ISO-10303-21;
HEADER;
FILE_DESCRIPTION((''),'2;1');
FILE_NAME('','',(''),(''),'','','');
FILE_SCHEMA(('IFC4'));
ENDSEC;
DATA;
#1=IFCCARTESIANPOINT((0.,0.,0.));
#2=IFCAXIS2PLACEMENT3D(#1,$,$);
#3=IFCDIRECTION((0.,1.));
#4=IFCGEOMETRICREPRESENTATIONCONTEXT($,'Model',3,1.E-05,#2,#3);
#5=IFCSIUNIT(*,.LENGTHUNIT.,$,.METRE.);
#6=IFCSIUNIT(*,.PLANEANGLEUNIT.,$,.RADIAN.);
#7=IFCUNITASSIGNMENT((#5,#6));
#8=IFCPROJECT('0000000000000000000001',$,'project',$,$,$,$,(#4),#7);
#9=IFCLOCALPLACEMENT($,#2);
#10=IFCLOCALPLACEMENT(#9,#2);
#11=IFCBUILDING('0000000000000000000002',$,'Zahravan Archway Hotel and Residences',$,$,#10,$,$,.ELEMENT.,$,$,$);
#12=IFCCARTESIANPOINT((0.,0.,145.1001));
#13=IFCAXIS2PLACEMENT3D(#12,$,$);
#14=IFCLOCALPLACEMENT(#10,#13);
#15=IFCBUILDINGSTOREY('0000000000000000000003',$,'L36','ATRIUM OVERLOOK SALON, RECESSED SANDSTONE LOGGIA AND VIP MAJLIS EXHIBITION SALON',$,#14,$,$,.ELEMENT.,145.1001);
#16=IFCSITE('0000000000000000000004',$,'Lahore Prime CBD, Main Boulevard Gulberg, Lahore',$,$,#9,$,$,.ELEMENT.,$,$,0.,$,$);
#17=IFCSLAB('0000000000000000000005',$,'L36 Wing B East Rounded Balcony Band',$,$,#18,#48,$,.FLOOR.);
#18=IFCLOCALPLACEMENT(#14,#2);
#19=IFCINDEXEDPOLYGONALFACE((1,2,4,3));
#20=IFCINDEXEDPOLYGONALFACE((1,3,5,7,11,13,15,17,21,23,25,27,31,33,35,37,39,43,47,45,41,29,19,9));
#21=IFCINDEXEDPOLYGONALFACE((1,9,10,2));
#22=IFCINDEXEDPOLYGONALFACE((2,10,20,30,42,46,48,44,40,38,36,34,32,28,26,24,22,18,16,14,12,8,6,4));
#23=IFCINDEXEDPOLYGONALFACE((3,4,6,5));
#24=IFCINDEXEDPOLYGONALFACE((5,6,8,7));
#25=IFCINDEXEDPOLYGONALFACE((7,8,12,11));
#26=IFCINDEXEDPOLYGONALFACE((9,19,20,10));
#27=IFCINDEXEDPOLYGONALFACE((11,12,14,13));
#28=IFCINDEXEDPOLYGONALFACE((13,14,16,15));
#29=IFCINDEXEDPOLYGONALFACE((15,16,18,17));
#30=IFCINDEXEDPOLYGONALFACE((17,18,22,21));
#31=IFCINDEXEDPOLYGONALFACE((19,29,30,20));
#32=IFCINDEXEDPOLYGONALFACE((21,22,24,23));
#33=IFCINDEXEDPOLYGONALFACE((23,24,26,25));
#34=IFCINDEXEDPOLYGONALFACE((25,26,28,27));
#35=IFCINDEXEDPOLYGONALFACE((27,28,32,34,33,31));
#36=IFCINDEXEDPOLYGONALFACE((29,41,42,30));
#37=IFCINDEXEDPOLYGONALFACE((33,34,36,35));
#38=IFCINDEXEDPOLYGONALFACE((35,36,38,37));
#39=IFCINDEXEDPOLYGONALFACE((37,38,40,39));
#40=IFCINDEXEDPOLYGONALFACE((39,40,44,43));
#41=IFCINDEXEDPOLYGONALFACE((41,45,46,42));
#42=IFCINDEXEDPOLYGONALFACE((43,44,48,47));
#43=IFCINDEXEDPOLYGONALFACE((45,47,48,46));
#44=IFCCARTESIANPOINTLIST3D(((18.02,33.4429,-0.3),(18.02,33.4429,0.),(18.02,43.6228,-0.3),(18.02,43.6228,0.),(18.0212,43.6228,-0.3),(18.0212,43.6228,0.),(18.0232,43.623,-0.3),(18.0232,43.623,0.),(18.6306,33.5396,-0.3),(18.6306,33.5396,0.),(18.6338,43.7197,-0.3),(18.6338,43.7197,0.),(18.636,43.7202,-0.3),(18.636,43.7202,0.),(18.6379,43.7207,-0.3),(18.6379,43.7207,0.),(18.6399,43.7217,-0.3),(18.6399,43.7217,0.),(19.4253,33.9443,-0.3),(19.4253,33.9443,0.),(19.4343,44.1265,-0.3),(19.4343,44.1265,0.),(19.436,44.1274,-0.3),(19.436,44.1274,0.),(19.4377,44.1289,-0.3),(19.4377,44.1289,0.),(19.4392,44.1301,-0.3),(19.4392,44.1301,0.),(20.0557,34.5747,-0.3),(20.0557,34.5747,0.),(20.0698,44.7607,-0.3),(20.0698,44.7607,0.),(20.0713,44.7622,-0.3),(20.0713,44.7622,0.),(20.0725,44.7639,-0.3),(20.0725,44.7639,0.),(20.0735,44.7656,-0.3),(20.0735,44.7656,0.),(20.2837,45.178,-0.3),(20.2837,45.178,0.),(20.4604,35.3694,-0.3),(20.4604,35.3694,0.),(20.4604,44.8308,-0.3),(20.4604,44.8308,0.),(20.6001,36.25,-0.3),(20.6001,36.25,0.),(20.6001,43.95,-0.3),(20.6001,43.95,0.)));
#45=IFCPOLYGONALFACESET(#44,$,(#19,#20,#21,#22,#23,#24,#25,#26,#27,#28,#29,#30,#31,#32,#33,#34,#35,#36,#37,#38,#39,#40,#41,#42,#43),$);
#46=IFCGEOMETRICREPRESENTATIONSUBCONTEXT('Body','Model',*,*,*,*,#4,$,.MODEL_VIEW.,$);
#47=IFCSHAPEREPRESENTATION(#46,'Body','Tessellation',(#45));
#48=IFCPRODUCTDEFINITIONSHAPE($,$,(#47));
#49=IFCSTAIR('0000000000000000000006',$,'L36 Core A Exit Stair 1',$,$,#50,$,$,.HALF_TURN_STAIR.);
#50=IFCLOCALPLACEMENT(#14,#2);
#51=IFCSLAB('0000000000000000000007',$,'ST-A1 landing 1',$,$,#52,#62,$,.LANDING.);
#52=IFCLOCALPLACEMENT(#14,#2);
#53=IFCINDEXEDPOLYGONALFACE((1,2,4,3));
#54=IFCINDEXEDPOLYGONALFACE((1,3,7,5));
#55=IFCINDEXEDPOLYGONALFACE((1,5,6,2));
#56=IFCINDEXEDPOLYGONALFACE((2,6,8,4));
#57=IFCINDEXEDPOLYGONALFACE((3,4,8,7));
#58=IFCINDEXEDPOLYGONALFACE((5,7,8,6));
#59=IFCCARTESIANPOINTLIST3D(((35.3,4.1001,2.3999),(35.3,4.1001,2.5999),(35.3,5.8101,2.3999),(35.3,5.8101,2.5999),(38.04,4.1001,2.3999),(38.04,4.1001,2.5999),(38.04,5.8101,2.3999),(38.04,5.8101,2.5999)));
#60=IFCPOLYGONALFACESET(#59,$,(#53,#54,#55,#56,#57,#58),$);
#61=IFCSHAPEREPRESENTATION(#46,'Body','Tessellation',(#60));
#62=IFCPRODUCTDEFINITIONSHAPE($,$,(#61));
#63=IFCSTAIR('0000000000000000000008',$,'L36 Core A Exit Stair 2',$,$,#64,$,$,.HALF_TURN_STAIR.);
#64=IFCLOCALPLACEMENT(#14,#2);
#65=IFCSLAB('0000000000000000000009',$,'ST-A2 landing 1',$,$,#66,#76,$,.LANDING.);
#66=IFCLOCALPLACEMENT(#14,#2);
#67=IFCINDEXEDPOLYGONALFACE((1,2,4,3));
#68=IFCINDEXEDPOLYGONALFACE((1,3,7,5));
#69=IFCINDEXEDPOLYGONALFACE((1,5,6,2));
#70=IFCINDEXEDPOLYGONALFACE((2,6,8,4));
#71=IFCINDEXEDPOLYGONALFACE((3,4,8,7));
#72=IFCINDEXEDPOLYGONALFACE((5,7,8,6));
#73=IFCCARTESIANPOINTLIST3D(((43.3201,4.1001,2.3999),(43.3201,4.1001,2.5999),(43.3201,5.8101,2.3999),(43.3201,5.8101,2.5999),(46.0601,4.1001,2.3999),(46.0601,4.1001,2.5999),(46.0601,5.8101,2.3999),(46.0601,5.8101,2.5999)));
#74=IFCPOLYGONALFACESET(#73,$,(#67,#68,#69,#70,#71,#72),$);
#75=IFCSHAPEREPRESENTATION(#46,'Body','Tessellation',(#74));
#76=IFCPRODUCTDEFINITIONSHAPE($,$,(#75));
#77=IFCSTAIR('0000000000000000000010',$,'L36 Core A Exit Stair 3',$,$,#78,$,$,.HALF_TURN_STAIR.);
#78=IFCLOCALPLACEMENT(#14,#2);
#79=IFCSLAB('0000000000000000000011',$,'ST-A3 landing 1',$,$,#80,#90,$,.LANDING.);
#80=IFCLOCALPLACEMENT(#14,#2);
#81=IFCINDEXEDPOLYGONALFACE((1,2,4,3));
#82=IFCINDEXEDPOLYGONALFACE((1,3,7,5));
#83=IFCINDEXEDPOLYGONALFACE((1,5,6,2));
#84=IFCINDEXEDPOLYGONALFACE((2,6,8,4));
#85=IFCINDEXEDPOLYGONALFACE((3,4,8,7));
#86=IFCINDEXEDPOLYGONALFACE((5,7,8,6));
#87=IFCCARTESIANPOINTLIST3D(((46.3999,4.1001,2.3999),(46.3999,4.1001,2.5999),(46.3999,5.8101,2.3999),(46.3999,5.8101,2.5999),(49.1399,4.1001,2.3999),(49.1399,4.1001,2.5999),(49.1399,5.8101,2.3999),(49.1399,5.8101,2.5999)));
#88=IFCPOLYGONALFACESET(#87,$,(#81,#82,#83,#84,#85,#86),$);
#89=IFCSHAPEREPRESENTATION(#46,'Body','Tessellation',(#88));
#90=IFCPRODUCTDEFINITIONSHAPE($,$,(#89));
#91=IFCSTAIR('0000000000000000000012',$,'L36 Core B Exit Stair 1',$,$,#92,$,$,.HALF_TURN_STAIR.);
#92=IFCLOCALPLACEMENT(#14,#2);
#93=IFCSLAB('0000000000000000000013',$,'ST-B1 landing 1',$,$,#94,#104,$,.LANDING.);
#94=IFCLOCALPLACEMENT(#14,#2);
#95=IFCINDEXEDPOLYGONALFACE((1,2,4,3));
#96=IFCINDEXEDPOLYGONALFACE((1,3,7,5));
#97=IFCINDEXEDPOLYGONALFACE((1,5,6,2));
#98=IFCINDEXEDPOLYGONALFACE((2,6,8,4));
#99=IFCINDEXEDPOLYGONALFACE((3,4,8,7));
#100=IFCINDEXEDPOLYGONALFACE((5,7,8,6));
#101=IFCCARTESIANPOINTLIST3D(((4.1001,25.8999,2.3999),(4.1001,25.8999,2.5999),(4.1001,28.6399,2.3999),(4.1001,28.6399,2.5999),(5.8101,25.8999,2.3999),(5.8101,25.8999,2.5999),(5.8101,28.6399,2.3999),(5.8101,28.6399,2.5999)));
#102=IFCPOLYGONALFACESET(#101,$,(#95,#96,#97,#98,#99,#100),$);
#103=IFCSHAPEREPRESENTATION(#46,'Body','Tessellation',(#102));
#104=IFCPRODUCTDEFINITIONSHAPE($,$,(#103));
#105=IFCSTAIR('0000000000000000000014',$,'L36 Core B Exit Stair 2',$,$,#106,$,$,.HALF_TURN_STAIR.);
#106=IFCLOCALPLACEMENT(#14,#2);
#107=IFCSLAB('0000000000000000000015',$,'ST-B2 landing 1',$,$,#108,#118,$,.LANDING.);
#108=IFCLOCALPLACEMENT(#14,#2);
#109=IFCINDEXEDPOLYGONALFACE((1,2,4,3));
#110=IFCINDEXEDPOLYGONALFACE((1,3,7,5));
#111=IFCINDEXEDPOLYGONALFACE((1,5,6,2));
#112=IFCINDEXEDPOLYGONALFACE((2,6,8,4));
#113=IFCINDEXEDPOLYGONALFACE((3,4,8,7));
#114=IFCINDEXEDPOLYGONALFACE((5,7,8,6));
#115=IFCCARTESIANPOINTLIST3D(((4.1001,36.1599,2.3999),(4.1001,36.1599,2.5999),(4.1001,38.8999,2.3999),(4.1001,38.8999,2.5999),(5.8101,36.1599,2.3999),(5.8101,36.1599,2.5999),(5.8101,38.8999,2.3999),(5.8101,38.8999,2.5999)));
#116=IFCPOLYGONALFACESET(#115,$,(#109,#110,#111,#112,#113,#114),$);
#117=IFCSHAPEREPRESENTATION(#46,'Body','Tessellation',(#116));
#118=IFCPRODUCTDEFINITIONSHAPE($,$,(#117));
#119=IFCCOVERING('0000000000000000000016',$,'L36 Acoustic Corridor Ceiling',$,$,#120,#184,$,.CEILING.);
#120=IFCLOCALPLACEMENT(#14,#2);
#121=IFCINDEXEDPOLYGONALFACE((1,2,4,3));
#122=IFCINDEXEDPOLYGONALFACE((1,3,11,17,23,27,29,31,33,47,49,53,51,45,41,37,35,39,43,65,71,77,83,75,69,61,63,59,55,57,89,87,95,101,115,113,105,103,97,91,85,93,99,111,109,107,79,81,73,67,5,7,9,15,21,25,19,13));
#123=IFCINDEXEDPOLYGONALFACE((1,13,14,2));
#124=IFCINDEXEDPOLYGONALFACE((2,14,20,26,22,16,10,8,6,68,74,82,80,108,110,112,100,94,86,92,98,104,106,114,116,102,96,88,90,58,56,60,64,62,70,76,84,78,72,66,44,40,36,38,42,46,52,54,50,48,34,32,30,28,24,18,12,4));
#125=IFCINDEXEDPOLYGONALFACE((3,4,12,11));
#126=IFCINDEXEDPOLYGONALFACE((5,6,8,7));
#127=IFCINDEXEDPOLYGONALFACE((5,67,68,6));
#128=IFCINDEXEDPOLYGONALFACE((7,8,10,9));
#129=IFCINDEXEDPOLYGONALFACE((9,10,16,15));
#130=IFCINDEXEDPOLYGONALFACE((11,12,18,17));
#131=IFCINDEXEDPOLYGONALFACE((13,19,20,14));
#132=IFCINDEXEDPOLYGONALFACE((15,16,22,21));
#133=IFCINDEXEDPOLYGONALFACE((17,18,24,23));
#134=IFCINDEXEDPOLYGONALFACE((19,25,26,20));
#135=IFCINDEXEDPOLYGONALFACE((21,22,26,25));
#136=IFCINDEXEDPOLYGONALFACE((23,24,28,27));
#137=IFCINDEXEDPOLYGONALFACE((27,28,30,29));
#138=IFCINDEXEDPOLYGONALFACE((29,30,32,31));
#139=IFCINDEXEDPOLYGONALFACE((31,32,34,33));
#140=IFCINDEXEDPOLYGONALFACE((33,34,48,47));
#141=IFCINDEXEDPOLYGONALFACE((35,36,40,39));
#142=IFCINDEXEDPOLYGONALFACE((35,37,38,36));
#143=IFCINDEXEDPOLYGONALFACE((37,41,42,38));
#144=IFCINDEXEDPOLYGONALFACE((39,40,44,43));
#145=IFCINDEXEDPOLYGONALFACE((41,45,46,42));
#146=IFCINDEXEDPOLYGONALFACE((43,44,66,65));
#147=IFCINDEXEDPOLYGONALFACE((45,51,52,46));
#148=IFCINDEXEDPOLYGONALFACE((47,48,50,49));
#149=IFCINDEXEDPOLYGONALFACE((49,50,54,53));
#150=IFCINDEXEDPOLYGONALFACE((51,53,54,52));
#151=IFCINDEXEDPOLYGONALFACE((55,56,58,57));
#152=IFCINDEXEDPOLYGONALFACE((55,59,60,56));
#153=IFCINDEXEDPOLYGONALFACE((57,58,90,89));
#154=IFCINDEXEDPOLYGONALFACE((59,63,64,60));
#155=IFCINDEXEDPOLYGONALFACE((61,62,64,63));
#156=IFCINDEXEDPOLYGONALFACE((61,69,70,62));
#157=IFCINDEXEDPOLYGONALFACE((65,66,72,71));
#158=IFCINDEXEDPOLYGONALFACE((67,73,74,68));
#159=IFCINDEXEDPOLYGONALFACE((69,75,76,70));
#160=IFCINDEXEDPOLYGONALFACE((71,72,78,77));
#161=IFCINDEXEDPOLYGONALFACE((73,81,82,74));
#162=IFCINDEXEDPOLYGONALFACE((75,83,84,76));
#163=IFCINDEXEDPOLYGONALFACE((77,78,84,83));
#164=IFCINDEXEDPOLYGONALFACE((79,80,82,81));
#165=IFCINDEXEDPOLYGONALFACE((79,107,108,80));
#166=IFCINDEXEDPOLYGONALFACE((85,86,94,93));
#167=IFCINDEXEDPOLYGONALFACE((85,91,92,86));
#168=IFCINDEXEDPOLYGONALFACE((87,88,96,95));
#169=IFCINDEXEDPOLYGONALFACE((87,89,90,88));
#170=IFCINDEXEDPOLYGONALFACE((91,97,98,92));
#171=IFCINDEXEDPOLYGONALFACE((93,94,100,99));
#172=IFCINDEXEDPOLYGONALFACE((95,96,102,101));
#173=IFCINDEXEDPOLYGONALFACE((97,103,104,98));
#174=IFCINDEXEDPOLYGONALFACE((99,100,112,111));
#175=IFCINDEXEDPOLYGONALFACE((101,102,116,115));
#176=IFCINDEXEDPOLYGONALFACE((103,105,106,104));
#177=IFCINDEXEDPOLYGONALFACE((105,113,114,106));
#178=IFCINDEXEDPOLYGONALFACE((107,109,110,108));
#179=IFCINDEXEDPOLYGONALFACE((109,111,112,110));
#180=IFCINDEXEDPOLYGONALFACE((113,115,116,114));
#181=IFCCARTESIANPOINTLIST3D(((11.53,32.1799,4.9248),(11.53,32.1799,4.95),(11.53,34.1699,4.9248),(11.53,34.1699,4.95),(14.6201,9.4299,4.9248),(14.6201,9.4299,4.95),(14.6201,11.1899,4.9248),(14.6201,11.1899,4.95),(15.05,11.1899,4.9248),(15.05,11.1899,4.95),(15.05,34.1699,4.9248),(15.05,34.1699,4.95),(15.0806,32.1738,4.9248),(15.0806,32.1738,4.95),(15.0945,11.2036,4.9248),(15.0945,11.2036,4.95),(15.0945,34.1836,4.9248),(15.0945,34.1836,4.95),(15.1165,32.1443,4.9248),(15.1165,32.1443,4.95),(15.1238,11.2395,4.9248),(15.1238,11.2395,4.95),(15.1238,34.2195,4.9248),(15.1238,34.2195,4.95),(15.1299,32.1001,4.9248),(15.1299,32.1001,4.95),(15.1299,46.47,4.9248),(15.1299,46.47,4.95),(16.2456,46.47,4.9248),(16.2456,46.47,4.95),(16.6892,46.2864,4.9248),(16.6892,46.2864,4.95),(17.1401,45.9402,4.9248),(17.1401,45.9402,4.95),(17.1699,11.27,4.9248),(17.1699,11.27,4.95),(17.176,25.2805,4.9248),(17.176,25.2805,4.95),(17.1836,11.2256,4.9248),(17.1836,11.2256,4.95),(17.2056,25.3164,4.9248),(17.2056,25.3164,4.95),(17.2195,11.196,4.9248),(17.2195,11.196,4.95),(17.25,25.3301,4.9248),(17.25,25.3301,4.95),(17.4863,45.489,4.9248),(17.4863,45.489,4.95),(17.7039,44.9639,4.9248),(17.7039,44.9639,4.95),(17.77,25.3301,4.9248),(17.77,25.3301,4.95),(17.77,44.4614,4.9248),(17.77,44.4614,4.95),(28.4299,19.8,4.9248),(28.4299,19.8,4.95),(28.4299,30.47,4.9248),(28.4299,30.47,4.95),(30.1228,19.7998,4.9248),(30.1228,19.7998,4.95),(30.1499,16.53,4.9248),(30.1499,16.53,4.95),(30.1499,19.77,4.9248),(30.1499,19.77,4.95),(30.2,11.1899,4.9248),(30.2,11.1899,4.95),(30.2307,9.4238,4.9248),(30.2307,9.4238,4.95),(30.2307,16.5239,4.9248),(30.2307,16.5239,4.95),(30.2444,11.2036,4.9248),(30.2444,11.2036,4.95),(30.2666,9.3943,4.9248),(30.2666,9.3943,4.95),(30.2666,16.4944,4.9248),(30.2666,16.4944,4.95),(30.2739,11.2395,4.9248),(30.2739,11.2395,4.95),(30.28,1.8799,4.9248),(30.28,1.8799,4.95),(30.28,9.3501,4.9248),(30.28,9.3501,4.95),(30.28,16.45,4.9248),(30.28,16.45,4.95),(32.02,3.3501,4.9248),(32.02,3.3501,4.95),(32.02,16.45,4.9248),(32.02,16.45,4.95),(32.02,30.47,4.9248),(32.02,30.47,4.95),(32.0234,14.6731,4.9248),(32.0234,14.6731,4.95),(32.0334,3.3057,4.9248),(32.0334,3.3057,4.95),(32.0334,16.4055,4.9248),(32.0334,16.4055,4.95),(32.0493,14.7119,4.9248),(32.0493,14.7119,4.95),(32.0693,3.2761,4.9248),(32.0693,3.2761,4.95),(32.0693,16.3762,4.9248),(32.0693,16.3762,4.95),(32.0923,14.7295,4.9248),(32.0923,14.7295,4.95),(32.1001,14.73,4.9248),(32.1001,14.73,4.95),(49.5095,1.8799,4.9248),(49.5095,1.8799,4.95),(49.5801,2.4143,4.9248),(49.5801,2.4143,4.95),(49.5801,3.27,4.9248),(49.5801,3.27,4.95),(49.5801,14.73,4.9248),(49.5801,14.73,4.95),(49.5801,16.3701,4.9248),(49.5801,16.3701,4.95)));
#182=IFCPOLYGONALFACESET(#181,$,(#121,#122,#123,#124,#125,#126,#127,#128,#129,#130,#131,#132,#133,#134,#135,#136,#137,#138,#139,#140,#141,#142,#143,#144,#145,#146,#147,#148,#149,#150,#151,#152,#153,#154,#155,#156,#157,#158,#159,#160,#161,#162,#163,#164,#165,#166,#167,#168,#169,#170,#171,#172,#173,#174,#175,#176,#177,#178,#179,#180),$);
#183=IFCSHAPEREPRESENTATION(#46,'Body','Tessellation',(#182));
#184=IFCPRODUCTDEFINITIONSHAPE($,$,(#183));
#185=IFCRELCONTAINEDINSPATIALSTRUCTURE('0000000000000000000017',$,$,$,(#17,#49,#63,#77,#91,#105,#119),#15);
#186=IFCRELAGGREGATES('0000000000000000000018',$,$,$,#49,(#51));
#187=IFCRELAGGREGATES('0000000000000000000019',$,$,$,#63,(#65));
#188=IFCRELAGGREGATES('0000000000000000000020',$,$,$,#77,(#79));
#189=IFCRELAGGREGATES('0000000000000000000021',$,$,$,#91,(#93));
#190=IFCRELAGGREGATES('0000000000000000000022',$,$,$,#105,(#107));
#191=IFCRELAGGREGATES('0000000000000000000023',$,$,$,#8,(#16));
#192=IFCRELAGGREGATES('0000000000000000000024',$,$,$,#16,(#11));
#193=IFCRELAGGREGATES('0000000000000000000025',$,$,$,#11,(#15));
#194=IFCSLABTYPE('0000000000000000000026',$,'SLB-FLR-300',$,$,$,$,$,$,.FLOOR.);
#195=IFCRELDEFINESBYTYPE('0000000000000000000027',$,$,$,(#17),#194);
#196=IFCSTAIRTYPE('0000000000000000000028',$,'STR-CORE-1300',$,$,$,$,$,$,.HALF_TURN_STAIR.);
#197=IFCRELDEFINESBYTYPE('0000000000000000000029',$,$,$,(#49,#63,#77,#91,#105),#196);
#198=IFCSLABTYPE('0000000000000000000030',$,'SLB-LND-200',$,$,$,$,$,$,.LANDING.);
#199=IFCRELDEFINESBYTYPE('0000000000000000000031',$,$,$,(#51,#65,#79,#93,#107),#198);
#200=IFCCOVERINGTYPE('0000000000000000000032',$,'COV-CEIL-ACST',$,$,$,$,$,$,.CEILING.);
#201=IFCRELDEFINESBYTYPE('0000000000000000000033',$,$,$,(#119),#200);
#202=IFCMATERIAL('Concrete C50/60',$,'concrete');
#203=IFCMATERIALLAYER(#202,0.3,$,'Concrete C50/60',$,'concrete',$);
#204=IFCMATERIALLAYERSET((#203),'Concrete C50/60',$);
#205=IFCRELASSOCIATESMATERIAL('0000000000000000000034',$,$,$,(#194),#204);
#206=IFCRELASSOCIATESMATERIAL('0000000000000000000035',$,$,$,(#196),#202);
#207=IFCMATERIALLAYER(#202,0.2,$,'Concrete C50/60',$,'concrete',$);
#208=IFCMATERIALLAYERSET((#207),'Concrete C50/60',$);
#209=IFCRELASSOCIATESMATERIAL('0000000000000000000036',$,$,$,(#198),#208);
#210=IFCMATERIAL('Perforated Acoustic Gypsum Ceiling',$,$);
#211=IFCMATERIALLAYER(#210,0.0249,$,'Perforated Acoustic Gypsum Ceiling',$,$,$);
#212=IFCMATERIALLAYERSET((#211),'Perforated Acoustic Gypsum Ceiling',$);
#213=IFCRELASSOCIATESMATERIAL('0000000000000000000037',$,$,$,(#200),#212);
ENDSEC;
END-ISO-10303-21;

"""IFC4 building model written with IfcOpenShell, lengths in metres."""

from ifc_helpers import new_model, si_unit, direction, frame, origin, place, context, subcontext, project, spatial, polyline, outline, extrude, material, layer, layer_set, type_object, element, aggregate, save


model = new_model("IFC4")

# Units and contexts
model_context = context("Model", 3, precision=1e-05, world=origin(), true_north=direction((0.0, 1.0)))
body_context = subcontext(model_context, "Body", "Model", "MODEL_VIEW")
ifc_project = project(units=[si_unit("LENGTHUNIT", "METRE"), si_unit("PLANEANGLEUNIT", "RADIAN")], contexts=[model_context])

# Site, building, storey
site_placement = place(None, origin())
site = spatial("IfcSite", under=ifc_project, at=site_placement, Name="Lahore Prime CBD, Main Boulevard Gulberg, Lahore", CompositionType="ELEMENT", RefElevation=0.0)
building_placement = place(site_placement, origin())
building = spatial("IfcBuilding", under=site, at=building_placement, Name="Zahravan Archway Hotel and Residences", CompositionType="ELEMENT")
storey_placement = place(building_placement, frame((0.0, 0.0, 145.1001)))
storey = spatial("IfcBuildingStorey", under=building, at=storey_placement, Name="L36", Description="ATRIUM OVERLOOK SALON, RECESSED SANDSTONE LOGGIA AND VIP MAJLIS EXHIBITION SALON", CompositionType="ELEMENT", Elevation=145.1001)

# Slab
ifc_material_1 = material(Name="Concrete C50/60", Category="concrete")
ifc_layer_1 = layer(ifc_material_1, 0.3, Name="Concrete C50/60", Category="concrete")
ifc_layer_set_1 = layer_set([ifc_layer_1], Name="Concrete C50/60")
slab_type_1 = type_object("IfcSlabType", Name="SLB-FLR-300", PredefinedType="FLOOR", material=ifc_layer_set_1)
slab_1_placement = place(storey_placement, frame((0.0, 0.0, -0.3)))
element("IfcSlab", 1, at=slab_1_placement, inside=storey, type_object=slab_type_1, Name="L36 Wing B East Rounded Balcony Band", PredefinedType="FLOOR", context=body_context, shape_type="SweptSolid", body=[
    extrude(outline(polyline([(20.4604, 44.8308), (20.6001, 43.95), (20.6001, 36.25), (20.4604, 35.3694), (20.0557, 34.5747), (19.4253, 33.9443), (18.6306, 33.5396), (18.02, 33.4429), (18.02, 43.6228), (18.0212, 43.6228), (18.0232, 43.623), (18.6338, 43.7197), (18.636, 43.7202), (18.6379, 43.7207), (18.6399, 43.7217), (19.4343, 44.1265), (19.436, 44.1274), (19.4377, 44.1289), (19.4392, 44.1301), (20.0698, 44.7607), (20.0713, 44.7622), (20.0725, 44.7639), (20.0735, 44.7656), (20.2837, 45.178), (20.4604, 44.8308)])), origin(), (0.0, 0.0, 1.0), 0.3),
])

# Stairs, slabs
stair_type = type_object("IfcStairType", Name="STR-CORE-1300", PredefinedType="HALF_TURN_STAIR", material=ifc_material_1)
stair_1_placement = place(storey_placement, origin())
stair_1 = element("IfcStair", 2, at=stair_1_placement, inside=storey, type_object=stair_type, Name="L36 Core A Exit Stair 1", PredefinedType="HALF_TURN_STAIR")
ifc_layer_2 = layer(ifc_material_1, 0.2, Name="Concrete C50/60", Category="concrete")
ifc_layer_set_2 = layer_set([ifc_layer_2], Name="Concrete C50/60")
slab_type_2 = type_object("IfcSlabType", Name="SLB-LND-200", PredefinedType="LANDING", material=ifc_layer_set_2)
slab_2_placement = place(storey_placement, frame((0.0, 0.0, 2.3999)))
slab_2 = element("IfcSlab", 3, at=slab_2_placement, type_object=slab_type_2, Name="ST-A1 landing 1", PredefinedType="LANDING", context=body_context, shape_type="SweptSolid", body=[
    extrude(outline(polyline([(35.3, 5.8101), (35.3, 4.1001), (38.04, 4.1001), (38.04, 5.8101), (35.3, 5.8101)])), origin(), (0.0, 0.0, 1.0), 0.2),
])
aggregate(stair_1, [slab_2])
stair_2_placement = place(storey_placement, origin())
stair_2 = element("IfcStair", 4, at=stair_2_placement, inside=storey, type_object=stair_type, Name="L36 Core A Exit Stair 2", PredefinedType="HALF_TURN_STAIR")
slab_3_placement = place(storey_placement, frame((0.0, 0.0, 2.3999)))
slab_3 = element("IfcSlab", 5, at=slab_3_placement, type_object=slab_type_2, Name="ST-A2 landing 1", PredefinedType="LANDING", context=body_context, shape_type="SweptSolid", body=[
    extrude(outline(polyline([(43.3201, 5.8101), (43.3201, 4.1001), (46.0601, 4.1001), (46.0601, 5.8101), (43.3201, 5.8101)])), origin(), (0.0, 0.0, 1.0), 0.2),
])
aggregate(stair_2, [slab_3])
stair_3_placement = place(storey_placement, origin())
stair_3 = element("IfcStair", 6, at=stair_3_placement, inside=storey, type_object=stair_type, Name="L36 Core A Exit Stair 3", PredefinedType="HALF_TURN_STAIR")
slab_4_placement = place(storey_placement, frame((0.0, 0.0, 2.3999)))
slab_4 = element("IfcSlab", 7, at=slab_4_placement, type_object=slab_type_2, Name="ST-A3 landing 1", PredefinedType="LANDING", context=body_context, shape_type="SweptSolid", body=[
    extrude(outline(polyline([(46.3999, 5.8101), (46.3999, 4.1001), (49.1399, 4.1001), (49.1399, 5.8101), (46.3999, 5.8101)])), origin(), (0.0, 0.0, 1.0), 0.2),
])
aggregate(stair_3, [slab_4])
stair_4_placement = place(storey_placement, origin())
stair_4 = element("IfcStair", 8, at=stair_4_placement, inside=storey, type_object=stair_type, Name="L36 Core B Exit Stair 1", PredefinedType="HALF_TURN_STAIR")
slab_5_placement = place(storey_placement, frame((0.0, 0.0, 2.3999)))
slab_5 = element("IfcSlab", 9, at=slab_5_placement, type_object=slab_type_2, Name="ST-B1 landing 1", PredefinedType="LANDING", context=body_context, shape_type="SweptSolid", body=[
    extrude(outline(polyline([(5.8101, 28.6399), (4.1001, 28.6399), (4.1001, 25.8999), (5.8101, 25.8999), (5.8101, 28.6399)])), origin(), (0.0, 0.0, 1.0), 0.2),
])
aggregate(stair_4, [slab_5])
stair_5_placement = place(storey_placement, origin())
stair_5 = element("IfcStair", 10, at=stair_5_placement, inside=storey, type_object=stair_type, Name="L36 Core B Exit Stair 2", PredefinedType="HALF_TURN_STAIR")
slab_6_placement = place(storey_placement, frame((0.0, 0.0, 2.3999)))
slab_6 = element("IfcSlab", 11, at=slab_6_placement, type_object=slab_type_2, Name="ST-B2 landing 1", PredefinedType="LANDING", context=body_context, shape_type="SweptSolid", body=[
    extrude(outline(polyline([(5.8101, 38.8999), (4.1001, 38.8999), (4.1001, 36.1599), (5.8101, 36.1599), (5.8101, 38.8999)])), origin(), (0.0, 0.0, 1.0), 0.2),
])
aggregate(stair_5, [slab_6])

# Covering
ifc_material_2 = material(Name="Perforated Acoustic Gypsum Ceiling")
ifc_layer_3 = layer(ifc_material_2, 0.0249, Name="Perforated Acoustic Gypsum Ceiling")
ifc_layer_set_3 = layer_set([ifc_layer_3], Name="Perforated Acoustic Gypsum Ceiling")
covering_type_1 = type_object("IfcCoveringType", Name="COV-CEIL-ACST", PredefinedType="CEILING", material=ifc_layer_set_3)
covering_1_placement = place(storey_placement, frame((0.0, 0.0, 4.9248)))
element("IfcCovering", 12, at=covering_1_placement, inside=storey, type_object=covering_type_1, Name="L36 Acoustic Corridor Ceiling", PredefinedType="CEILING", context=body_context, shape_type="SweptSolid", body=[
    extrude(outline(polyline([(32.0923, 14.7295), (32.0493, 14.7119), (32.0234, 14.6731), (32.02, 3.3501), (32.0334, 3.3057), (32.0693, 3.2761), (49.5801, 3.27), (49.5801, 2.4143), (49.5095, 1.8799), (30.28, 1.8799), (30.28, 9.3501), (30.2666, 9.3943), (30.2307, 9.4238), (14.6201, 9.4299), (14.6201, 11.1899), (15.05, 11.1899), (15.0945, 11.2036), (15.1238, 11.2395), (15.1299, 32.1001), (15.1165, 32.1443), (15.0806, 32.1738), (11.53, 32.1799), (11.53, 34.1699), (15.05, 34.1699), (15.0945, 34.1836), (15.1238, 34.2195), (15.1299, 46.47), (16.2456, 46.47), (16.6892, 46.2864), (17.1401, 45.9402), (17.4863, 45.489), (17.7039, 44.9639), (17.77, 44.4614), (17.77, 25.3301), (17.25, 25.3301), (17.2056, 25.3164), (17.176, 25.2805), (17.1699, 11.27), (17.1836, 11.2256), (17.2195, 11.196), (30.2, 11.1899), (30.2444, 11.2036), (30.2739, 11.2395), (30.28, 16.45), (30.2666, 16.4944), (30.2307, 16.5239), (30.1499, 16.53), (30.1499, 19.77), (30.1228, 19.7998), (28.4299, 19.8), (28.4299, 30.47), (32.02, 30.47), (32.02, 16.45), (32.0334, 16.4055), (32.0693, 16.3762), (49.5801, 16.3701), (49.5801, 14.73), (32.1001, 14.73), (32.0923, 14.7295)])), origin(), (0.0, 0.0, 1.0), 0.0251),
])

save(model, "model.ifc")
